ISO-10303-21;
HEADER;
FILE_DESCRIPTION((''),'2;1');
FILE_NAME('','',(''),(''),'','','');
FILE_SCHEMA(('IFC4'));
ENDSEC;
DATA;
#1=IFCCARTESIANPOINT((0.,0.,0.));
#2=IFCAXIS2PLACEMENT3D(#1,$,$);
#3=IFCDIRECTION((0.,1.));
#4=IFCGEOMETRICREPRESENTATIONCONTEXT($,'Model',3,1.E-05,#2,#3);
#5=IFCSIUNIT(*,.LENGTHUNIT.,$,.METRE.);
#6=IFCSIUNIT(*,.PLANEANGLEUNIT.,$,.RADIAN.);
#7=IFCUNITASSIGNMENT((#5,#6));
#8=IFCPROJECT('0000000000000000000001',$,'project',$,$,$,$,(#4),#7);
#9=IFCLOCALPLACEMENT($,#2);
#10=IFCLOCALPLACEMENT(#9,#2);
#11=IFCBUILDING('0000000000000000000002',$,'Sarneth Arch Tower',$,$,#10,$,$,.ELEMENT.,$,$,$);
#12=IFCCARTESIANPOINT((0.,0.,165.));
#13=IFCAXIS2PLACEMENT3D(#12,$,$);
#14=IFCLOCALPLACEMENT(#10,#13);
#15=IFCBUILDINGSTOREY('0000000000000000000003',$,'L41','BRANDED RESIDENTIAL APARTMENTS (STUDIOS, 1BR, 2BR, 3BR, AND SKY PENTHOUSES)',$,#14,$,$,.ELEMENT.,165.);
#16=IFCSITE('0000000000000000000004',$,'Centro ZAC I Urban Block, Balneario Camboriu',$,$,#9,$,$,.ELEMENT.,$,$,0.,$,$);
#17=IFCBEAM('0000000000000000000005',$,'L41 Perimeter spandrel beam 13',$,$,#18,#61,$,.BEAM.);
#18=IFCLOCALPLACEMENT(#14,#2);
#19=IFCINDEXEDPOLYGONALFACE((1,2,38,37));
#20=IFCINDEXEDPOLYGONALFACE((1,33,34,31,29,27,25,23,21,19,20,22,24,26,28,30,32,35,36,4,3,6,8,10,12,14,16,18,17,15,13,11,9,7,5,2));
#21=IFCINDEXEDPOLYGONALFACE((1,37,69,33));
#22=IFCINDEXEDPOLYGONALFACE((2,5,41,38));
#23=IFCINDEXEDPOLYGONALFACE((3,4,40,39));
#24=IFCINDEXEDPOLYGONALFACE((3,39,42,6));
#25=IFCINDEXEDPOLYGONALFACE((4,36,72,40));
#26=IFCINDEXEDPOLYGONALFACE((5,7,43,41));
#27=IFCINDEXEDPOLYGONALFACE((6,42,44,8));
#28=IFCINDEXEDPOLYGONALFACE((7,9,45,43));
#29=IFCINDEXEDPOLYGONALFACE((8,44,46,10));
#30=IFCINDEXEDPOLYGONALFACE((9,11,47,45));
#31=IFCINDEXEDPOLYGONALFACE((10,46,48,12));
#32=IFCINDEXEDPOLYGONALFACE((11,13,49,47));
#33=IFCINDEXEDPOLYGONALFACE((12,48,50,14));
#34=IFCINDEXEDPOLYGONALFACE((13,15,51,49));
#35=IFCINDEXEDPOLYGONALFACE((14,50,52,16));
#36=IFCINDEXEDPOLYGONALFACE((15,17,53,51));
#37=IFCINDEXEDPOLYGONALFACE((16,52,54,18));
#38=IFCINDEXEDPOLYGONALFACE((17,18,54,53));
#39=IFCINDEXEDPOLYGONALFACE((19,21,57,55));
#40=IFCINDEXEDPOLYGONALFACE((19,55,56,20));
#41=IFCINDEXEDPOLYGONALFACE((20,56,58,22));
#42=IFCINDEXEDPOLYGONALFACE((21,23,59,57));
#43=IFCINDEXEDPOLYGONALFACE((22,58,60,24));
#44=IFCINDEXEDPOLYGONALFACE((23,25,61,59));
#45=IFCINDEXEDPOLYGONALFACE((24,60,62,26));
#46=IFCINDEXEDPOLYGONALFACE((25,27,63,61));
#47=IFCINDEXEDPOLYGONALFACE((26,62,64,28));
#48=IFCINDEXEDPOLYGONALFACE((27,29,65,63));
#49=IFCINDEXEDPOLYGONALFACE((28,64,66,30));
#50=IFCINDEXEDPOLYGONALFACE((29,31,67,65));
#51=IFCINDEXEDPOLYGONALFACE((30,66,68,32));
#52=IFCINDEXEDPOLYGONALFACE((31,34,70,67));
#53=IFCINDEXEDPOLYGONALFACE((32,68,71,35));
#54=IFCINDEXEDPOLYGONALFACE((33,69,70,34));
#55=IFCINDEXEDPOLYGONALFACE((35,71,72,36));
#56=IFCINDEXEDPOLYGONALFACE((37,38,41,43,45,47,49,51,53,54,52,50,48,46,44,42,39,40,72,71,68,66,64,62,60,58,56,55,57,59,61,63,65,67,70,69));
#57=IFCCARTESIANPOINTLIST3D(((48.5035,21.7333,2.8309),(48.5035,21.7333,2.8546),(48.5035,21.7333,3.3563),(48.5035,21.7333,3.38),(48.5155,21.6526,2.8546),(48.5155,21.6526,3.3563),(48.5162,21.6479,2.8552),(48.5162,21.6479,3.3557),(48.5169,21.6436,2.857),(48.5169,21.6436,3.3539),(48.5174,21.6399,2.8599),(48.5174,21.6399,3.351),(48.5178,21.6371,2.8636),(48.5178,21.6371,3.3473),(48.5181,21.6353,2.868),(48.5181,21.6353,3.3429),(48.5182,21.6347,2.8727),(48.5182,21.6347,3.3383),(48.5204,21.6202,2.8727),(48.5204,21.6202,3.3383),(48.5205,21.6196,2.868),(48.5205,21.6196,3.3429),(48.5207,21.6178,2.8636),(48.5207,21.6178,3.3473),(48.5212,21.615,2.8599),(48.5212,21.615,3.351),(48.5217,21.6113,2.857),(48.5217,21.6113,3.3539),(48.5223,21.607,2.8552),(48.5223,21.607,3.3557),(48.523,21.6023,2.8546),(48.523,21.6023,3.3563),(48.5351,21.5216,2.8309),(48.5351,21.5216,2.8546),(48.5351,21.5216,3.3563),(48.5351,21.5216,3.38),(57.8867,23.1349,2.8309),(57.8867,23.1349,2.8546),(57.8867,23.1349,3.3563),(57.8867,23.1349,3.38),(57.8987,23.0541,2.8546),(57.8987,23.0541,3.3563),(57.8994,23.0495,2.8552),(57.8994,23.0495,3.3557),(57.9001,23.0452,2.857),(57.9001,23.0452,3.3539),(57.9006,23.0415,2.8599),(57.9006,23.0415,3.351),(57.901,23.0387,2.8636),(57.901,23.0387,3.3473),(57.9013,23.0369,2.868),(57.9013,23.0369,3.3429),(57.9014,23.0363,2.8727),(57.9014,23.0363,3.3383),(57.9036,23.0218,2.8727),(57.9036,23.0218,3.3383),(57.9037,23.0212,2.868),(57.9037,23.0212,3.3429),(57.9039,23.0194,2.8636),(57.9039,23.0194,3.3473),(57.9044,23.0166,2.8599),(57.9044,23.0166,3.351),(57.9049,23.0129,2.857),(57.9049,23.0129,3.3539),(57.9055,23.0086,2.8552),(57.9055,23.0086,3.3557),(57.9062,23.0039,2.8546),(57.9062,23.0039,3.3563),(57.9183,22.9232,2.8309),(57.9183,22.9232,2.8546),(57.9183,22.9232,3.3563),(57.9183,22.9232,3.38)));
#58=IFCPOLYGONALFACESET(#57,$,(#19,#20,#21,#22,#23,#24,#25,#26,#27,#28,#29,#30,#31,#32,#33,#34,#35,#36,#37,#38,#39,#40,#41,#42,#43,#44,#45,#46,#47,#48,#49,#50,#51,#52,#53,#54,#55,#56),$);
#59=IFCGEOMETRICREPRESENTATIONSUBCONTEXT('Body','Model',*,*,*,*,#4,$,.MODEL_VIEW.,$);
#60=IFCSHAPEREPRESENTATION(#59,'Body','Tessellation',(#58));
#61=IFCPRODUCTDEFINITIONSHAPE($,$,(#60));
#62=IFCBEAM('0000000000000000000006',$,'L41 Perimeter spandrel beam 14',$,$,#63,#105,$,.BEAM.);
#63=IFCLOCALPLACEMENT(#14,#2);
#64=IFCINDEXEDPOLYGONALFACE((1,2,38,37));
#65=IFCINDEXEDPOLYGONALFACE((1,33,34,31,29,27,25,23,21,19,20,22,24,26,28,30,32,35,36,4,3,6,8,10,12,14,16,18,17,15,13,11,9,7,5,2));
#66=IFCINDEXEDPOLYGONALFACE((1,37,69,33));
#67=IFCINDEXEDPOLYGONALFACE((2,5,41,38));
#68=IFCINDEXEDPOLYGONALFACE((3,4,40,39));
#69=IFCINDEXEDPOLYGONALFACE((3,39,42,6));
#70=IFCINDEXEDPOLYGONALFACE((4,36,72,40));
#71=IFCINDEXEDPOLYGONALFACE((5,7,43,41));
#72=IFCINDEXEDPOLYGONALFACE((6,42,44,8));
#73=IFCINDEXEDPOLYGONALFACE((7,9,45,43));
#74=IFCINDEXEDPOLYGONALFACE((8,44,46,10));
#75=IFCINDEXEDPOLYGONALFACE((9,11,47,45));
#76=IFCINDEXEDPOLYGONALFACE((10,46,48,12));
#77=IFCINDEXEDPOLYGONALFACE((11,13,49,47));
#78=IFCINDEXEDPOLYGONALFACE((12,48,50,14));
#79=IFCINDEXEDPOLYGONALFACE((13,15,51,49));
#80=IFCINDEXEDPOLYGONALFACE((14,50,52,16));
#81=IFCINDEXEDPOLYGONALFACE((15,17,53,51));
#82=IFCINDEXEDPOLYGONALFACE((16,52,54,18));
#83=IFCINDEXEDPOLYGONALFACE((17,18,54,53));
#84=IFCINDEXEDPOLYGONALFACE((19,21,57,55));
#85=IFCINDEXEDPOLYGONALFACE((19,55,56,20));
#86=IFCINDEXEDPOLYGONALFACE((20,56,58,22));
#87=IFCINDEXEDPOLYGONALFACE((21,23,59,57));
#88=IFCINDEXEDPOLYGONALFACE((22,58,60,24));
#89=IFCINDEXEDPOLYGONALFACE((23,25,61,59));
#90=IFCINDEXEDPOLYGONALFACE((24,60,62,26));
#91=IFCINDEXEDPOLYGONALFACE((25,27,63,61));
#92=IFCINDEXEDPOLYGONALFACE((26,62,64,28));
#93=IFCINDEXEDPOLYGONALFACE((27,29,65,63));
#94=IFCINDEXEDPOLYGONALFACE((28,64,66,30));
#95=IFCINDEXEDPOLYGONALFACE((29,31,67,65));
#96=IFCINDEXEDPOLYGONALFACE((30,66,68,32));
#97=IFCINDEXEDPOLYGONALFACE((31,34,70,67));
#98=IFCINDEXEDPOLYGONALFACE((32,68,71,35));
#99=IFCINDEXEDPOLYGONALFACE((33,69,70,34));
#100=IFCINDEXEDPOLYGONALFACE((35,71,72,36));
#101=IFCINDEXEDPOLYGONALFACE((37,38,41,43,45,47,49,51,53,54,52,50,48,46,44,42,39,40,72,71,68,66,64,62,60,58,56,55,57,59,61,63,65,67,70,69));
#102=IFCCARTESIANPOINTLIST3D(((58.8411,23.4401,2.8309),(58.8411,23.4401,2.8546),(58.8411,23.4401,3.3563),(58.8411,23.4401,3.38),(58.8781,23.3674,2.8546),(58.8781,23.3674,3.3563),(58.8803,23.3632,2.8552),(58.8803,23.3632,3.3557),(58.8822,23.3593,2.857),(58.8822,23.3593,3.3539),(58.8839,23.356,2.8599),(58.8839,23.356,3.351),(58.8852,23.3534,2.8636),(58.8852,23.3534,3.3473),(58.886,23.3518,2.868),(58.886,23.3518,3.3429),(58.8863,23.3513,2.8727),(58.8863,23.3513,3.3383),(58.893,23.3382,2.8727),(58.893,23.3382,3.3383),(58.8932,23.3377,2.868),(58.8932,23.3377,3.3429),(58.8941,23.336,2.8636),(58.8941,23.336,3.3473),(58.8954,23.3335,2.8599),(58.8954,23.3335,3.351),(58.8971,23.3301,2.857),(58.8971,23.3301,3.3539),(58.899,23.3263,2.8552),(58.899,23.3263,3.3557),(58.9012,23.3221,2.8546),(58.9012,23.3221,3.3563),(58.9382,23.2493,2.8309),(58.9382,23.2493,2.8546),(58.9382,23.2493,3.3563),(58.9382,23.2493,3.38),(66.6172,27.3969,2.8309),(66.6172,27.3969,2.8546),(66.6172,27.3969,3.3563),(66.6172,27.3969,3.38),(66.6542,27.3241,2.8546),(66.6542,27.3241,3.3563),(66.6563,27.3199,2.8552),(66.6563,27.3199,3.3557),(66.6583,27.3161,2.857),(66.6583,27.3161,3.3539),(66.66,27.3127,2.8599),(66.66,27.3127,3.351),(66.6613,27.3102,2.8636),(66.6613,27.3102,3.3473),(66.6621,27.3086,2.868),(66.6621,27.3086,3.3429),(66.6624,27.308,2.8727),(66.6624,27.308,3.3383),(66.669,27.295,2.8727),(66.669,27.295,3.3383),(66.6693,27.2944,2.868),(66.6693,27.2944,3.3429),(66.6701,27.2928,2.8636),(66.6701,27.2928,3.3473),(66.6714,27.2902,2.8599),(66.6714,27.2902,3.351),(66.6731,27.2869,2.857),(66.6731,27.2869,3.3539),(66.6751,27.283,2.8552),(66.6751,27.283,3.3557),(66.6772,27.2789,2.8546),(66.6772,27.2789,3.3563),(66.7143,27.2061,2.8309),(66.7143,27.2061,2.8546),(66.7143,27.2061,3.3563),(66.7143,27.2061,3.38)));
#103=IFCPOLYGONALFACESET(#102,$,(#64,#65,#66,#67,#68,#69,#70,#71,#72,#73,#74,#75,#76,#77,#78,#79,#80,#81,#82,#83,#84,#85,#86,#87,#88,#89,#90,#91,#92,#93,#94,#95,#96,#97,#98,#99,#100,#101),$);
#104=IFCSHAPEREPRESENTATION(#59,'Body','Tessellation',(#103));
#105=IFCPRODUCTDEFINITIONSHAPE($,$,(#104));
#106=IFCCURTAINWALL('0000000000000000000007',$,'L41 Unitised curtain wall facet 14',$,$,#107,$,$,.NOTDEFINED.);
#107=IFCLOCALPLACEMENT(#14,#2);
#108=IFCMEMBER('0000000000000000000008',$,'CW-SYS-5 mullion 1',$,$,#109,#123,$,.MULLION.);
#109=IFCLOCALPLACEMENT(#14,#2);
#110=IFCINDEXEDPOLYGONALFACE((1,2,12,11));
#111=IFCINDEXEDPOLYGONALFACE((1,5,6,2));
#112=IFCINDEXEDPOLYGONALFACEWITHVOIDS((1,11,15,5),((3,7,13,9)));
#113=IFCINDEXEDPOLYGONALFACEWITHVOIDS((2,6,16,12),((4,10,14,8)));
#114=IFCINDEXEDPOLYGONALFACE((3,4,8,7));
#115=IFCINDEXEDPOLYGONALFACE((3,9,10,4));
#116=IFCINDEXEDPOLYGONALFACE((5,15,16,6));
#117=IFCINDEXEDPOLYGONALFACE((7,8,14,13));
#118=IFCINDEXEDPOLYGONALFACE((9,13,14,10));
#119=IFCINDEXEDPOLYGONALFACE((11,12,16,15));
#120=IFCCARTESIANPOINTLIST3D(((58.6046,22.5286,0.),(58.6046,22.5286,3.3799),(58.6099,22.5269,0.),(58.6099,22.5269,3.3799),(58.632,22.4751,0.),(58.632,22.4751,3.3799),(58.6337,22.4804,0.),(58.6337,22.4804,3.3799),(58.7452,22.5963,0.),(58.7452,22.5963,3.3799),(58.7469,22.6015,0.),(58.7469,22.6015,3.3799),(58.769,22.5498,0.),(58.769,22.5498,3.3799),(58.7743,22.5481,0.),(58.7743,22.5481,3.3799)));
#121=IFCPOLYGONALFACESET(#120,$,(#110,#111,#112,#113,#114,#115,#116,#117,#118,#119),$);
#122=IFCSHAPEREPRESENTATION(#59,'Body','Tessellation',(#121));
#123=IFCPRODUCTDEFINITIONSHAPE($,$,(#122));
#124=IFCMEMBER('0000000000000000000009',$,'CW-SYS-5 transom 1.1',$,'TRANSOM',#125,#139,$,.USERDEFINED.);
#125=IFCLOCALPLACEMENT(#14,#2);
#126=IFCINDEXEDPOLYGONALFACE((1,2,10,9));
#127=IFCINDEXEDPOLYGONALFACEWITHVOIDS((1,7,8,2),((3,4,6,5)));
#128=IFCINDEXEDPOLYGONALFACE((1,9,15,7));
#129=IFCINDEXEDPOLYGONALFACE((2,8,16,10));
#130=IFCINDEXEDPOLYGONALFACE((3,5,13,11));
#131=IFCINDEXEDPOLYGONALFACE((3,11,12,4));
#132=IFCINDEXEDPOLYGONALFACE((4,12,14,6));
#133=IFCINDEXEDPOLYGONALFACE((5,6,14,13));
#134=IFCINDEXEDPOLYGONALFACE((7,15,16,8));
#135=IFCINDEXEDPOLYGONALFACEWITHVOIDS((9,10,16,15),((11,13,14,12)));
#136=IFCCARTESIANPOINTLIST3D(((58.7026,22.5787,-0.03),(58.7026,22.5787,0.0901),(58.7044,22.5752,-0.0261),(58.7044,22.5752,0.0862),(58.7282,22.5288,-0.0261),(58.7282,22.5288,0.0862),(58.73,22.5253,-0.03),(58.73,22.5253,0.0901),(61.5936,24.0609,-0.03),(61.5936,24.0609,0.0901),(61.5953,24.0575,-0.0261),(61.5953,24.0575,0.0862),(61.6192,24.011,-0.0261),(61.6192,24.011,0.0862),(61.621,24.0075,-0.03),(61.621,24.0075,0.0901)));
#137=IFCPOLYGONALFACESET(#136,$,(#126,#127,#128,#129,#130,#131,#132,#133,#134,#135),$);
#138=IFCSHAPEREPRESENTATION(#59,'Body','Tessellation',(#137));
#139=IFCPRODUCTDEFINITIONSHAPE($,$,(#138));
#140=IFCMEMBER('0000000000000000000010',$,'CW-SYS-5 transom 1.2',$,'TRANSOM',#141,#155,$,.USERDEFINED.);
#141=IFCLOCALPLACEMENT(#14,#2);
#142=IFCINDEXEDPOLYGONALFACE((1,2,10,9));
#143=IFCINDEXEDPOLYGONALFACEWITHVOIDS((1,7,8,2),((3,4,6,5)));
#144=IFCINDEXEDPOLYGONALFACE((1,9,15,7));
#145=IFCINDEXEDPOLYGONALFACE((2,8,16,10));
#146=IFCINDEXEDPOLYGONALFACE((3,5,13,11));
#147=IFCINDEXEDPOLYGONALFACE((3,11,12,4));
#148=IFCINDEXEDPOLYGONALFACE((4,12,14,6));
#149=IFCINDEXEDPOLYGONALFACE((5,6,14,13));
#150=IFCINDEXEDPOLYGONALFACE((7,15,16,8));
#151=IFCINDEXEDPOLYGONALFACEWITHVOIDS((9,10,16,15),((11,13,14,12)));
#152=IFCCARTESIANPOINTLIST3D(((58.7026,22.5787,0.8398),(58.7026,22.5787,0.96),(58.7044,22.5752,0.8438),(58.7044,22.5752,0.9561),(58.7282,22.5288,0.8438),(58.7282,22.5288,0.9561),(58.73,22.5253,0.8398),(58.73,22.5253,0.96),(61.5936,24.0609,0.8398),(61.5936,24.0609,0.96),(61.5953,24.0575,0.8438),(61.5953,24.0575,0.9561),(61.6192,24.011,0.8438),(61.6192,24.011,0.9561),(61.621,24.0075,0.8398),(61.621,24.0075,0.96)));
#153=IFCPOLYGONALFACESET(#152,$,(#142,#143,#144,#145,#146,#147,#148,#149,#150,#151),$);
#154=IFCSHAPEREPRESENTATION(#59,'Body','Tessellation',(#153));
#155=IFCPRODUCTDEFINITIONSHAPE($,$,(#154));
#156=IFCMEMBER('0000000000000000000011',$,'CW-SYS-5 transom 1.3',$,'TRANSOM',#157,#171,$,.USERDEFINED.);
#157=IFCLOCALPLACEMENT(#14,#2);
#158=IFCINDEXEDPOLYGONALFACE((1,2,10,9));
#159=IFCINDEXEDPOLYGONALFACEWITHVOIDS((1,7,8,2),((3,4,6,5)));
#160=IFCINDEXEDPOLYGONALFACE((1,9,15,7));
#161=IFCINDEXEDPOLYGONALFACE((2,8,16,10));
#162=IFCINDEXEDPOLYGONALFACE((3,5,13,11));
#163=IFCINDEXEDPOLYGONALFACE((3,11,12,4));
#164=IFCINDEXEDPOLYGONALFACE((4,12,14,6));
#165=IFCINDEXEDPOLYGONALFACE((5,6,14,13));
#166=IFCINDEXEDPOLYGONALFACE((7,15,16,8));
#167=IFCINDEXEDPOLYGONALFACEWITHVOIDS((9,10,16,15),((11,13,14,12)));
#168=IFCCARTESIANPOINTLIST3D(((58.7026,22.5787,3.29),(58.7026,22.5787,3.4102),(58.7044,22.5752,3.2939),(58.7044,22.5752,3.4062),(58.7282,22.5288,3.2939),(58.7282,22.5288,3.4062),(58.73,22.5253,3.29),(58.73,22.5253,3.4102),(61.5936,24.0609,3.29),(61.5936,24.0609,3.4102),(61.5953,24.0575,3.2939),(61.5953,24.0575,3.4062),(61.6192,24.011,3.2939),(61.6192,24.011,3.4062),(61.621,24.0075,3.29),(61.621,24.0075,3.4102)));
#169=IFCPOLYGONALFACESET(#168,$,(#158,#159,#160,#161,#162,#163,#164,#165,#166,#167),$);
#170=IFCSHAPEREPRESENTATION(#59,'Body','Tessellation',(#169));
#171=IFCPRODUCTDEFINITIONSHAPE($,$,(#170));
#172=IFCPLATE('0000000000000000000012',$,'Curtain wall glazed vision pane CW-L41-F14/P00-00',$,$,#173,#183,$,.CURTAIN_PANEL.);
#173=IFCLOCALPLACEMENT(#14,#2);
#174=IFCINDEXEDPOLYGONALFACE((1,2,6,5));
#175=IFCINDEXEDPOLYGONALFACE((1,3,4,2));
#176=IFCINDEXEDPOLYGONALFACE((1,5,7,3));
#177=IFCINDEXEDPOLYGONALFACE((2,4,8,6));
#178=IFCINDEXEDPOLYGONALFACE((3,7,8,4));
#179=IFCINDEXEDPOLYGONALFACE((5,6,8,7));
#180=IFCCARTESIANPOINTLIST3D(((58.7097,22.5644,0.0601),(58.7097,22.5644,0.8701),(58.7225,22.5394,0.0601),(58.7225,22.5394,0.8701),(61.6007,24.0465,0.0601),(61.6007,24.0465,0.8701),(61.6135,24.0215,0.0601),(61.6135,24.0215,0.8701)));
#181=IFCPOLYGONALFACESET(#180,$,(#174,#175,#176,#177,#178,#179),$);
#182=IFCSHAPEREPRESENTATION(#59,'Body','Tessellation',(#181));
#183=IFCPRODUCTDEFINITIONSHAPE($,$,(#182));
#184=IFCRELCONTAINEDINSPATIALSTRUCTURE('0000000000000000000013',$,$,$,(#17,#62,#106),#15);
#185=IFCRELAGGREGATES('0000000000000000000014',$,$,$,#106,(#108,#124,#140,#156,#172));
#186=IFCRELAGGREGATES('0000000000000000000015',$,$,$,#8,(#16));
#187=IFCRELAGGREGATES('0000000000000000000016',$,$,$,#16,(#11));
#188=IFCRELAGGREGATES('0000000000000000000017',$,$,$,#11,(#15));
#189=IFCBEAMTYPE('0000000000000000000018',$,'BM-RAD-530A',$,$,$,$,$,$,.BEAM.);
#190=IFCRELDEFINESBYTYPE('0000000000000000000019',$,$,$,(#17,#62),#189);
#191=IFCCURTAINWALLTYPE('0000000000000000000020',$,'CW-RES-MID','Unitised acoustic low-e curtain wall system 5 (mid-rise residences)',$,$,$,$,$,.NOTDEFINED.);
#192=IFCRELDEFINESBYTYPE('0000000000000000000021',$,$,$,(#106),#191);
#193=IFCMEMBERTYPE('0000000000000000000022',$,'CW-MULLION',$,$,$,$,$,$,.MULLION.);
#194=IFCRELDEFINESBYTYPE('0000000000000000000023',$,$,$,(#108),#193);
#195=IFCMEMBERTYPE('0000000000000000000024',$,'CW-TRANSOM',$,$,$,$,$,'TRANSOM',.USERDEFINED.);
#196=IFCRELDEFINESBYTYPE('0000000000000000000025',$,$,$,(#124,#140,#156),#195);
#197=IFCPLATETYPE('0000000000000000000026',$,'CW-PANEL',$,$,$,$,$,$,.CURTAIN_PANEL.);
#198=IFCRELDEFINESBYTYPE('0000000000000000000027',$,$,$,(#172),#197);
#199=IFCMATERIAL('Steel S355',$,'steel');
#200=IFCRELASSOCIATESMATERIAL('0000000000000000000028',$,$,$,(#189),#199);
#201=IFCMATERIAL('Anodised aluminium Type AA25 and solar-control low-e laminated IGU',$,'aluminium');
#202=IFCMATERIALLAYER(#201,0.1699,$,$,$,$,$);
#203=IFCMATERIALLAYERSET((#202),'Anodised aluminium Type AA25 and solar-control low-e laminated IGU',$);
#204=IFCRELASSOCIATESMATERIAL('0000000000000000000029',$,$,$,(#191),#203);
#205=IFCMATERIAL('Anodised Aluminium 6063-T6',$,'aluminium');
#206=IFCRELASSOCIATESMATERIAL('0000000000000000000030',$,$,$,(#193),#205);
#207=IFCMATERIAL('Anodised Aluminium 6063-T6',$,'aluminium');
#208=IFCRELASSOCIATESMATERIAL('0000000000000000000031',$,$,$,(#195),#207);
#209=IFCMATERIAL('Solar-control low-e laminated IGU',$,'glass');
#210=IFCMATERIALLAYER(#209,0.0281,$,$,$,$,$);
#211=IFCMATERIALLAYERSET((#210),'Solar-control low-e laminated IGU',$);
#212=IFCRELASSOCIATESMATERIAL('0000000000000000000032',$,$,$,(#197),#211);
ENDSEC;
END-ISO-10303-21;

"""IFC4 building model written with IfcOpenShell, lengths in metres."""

from ifc_helpers import new_model, si_unit, direction, frame, origin, origin_2d, place, context, subcontext, project, spatial, rectangle, hollow_rectangle, i_section, extrude, material, layer, layer_set, material_profile, profile_set, type_object, element, aggregate, save


model = new_model("IFC4")

# Units and contexts
model_context = context("Model", 3, precision=1e-05, world=origin(), true_north=direction((0.0, 1.0)))
body_context = subcontext(model_context, "Body", "Model", "MODEL_VIEW")
ifc_project = project(units=[si_unit("LENGTHUNIT", "METRE"), si_unit("PLANEANGLEUNIT", "RADIAN")], contexts=[model_context])

# Site, building, storey
site_placement = place(None, origin())
site = spatial("IfcSite", under=ifc_project, at=site_placement, Name="Centro ZAC I Urban Block, Balneario Camboriu", CompositionType="ELEMENT", RefElevation=0.0)
building_placement = place(site_placement, origin())
building = spatial("IfcBuilding", under=site, at=building_placement, Name="Sarneth Arch Tower", CompositionType="ELEMENT")
storey_placement = place(building_placement, frame((0.0, 0.0, 165.0)))
storey = spatial("IfcBuildingStorey", under=building, at=storey_placement, Name="L41", Description="BRANDED RESIDENTIAL APARTMENTS (STUDIOS, 1BR, 2BR, 3BR, AND SKY PENTHOUSES)", CompositionType="ELEMENT", Elevation=165.0)

# Beams
ifc_material_1 = material(Name="Steel S355", Category="steel")
ifc_material_profile_1 = material_profile(ifc_material_1, i_section(OverallWidth=0.2141, OverallDepth=0.5491, WebThickness=0.0146, FlangeThickness=0.0237, FilletRadius=0.0181, at=origin_2d()), Name="W530x138")
ifc_profile_set_1 = profile_set([ifc_material_profile_1], Name="Steel S355")
beam_type_1 = type_object("IfcBeamType", Name="BM-RAD-530A", PredefinedType="BEAM", material=ifc_profile_set_1)
beam_1_placement = place(storey_placement, frame((48.5193, 21.6274, 3.1055), z_axis=(0.989027, 0.147734, 0.0), x_axis=(-0.147734, 0.989027, 0.0)))
element("IfcBeam", 1, at=beam_1_placement, inside=storey, type_object=beam_type_1, Name="L41 Perimeter spandrel beam 13", PredefinedType="BEAM", context=body_context, shape_type="SweptSolid", body=[
    extrude(i_section(OverallWidth=0.2141, OverallDepth=0.5491, WebThickness=0.0146, FlangeThickness=0.0237, FilletRadius=0.0181, at=origin_2d()), origin(), (0.0, 0.0, 1.0), 9.4873),
])
beam_2_placement = place(storey_placement, frame((58.8896, 23.3447, 3.1055), z_axis=(0.891254, 0.453504, 0.0), x_axis=(-0.453504, 0.891254, 0.0)))
element("IfcBeam", 2, at=beam_2_placement, inside=storey, type_object=beam_type_1, Name="L41 Perimeter spandrel beam 14", PredefinedType="BEAM", context=body_context, shape_type="SweptSolid", body=[
    extrude(i_section(OverallWidth=0.2141, OverallDepth=0.5491, WebThickness=0.0146, FlangeThickness=0.0237, FilletRadius=0.0181, at=origin_2d()), origin(), (0.0, 0.0, 1.0), 8.7249),
])

# Curtain wall, members, plate
ifc_material_2 = material(Name="Anodised aluminium Type AA25 and solar-control low-e laminated IGU", Category="aluminium")
ifc_layer_1 = layer(ifc_material_2, 0.1699)
ifc_layer_set_1 = layer_set([ifc_layer_1], Name="Anodised aluminium Type AA25 and solar-control low-e laminated IGU")
curtain_wall_type = type_object("IfcCurtainWallType", Name="CW-RES-MID", Description="Unitised acoustic low-e curtain wall system 5 (mid-rise residences)", PredefinedType="NOTDEFINED", material=ifc_layer_set_1)
curtain_wall_placement = place(storey_placement, origin())
curtain_wall = element("IfcCurtainWall", 3, at=curtain_wall_placement, inside=storey, type_object=curtain_wall_type, Name="L41 Unitised curtain wall facet 14", PredefinedType="NOTDEFINED")
ifc_material_3 = material(Name="Anodised Aluminium 6063-T6", Category="aluminium")
ifc_material_profile_2 = material_profile(ifc_material_3, hollow_rectangle(XDim=0.0601, YDim=0.1599, WallThickness=0.0039, at=origin_2d()), Name="AL-MULL-160x60x4")
ifc_profile_set_2 = profile_set([ifc_material_profile_2], Name="Anodised Aluminium 6063-T6")
member_type_1 = type_object("IfcMemberType", Name="CW-MULLION", PredefinedType="MULLION", material=ifc_profile_set_2)
member_1_placement = place(storey_placement, frame((58.6895, 22.5383, 0.0), z_axis=(0.0, 0.0, 1.0), x_axis=(-0.456208, 0.889873, 0.0)))
member_1 = element("IfcMember", 4, at=member_1_placement, type_object=member_type_1, Name="CW-SYS-5 mullion 1", PredefinedType="MULLION", context=body_context, shape_type="SweptSolid", body=[
    extrude(hollow_rectangle(XDim=0.0601, YDim=0.1599, WallThickness=0.0039, at=origin_2d()), origin(), (0.0, 0.0, 1.0), 3.3799),
])
ifc_material_4 = material(Name="Anodised Aluminium 6063-T6", Category="aluminium")
ifc_material_profile_3 = material_profile(ifc_material_4, hollow_rectangle(XDim=0.0601, YDim=0.1201, WallThickness=0.0039, at=origin_2d()), Name="AL-TRAN-120x60x4")
ifc_profile_set_3 = profile_set([ifc_material_profile_3], Name="Anodised Aluminium 6063-T6")
member_type_2 = type_object("IfcMemberType", Name="CW-TRANSOM", ElementType="TRANSOM", PredefinedType="USERDEFINED", material=ifc_profile_set_3)
member_2_placement = place(storey_placement, frame((58.7163, 22.552, 0.03), z_axis=(0.889857, 0.456239, 0.0), x_axis=(-0.456239, 0.889857, 0.0)))
member_2 = element("IfcMember", 5, at=member_2_placement, type_object=member_type_2, Name="CW-SYS-5 transom 1.1", ObjectType="TRANSOM", PredefinedType="USERDEFINED", context=body_context, shape_type="SweptSolid", body=[
    extrude(hollow_rectangle(XDim=0.0601, YDim=0.1201, WallThickness=0.0039, at=origin_2d()), origin(), (0.0, 0.0, 1.0), 3.2488),
])
member_3_placement = place(storey_placement, frame((58.7163, 22.552, 0.8999), z_axis=(0.889857, 0.456239, 0.0), x_axis=(-0.456239, 0.889857, 0.0)))
member_3 = element("IfcMember", 6, at=member_3_placement, type_object=member_type_2, Name="CW-SYS-5 transom 1.2", ObjectType="TRANSOM", PredefinedType="USERDEFINED", context=body_context, shape_type="SweptSolid", body=[
    extrude(hollow_rectangle(XDim=0.0601, YDim=0.1201, WallThickness=0.0039, at=origin_2d()), origin(), (0.0, 0.0, 1.0), 3.2488),
])
member_4_placement = place(storey_placement, frame((58.7163, 22.552, 3.3501), z_axis=(0.889857, 0.456239, 0.0), x_axis=(-0.456239, 0.889857, 0.0)))
member_4 = element("IfcMember", 7, at=member_4_placement, type_object=member_type_2, Name="CW-SYS-5 transom 1.3", ObjectType="TRANSOM", PredefinedType="USERDEFINED", context=body_context, shape_type="SweptSolid", body=[
    extrude(hollow_rectangle(XDim=0.0601, YDim=0.1201, WallThickness=0.0039, at=origin_2d()), origin(), (0.0, 0.0, 1.0), 3.2488),
])
ifc_material_5 = material(Name="Solar-control low-e laminated IGU", Category="glass")
ifc_layer_2 = layer(ifc_material_5, 0.0281)
ifc_layer_set_2 = layer_set([ifc_layer_2], Name="Solar-control low-e laminated IGU")
plate_type_1 = type_object("IfcPlateType", Name="CW-PANEL", PredefinedType="CURTAIN_PANEL", material=ifc_layer_set_2)
plate_1_placement = place(storey_placement, frame((60.1616, 23.293, 0.0601), z_axis=(0.0, 0.0, 1.0), x_axis=(0.889873, 0.456208, 0.0)))
plate_1 = element("IfcPlate", 8, at=plate_1_placement, type_object=plate_type_1, Name="Curtain wall glazed vision pane CW-L41-F14/P00-00", PredefinedType="CURTAIN_PANEL", context=body_context, shape_type="SweptSolid", body=[
    extrude(rectangle(XDim=3.2488, YDim=0.0281, at=origin_2d()), origin(), (0.0, 0.0, 1.0), 0.8101),
])
aggregate(curtain_wall, [member_1, member_2, member_3, member_4, plate_1])

save(model, "model.ifc")
